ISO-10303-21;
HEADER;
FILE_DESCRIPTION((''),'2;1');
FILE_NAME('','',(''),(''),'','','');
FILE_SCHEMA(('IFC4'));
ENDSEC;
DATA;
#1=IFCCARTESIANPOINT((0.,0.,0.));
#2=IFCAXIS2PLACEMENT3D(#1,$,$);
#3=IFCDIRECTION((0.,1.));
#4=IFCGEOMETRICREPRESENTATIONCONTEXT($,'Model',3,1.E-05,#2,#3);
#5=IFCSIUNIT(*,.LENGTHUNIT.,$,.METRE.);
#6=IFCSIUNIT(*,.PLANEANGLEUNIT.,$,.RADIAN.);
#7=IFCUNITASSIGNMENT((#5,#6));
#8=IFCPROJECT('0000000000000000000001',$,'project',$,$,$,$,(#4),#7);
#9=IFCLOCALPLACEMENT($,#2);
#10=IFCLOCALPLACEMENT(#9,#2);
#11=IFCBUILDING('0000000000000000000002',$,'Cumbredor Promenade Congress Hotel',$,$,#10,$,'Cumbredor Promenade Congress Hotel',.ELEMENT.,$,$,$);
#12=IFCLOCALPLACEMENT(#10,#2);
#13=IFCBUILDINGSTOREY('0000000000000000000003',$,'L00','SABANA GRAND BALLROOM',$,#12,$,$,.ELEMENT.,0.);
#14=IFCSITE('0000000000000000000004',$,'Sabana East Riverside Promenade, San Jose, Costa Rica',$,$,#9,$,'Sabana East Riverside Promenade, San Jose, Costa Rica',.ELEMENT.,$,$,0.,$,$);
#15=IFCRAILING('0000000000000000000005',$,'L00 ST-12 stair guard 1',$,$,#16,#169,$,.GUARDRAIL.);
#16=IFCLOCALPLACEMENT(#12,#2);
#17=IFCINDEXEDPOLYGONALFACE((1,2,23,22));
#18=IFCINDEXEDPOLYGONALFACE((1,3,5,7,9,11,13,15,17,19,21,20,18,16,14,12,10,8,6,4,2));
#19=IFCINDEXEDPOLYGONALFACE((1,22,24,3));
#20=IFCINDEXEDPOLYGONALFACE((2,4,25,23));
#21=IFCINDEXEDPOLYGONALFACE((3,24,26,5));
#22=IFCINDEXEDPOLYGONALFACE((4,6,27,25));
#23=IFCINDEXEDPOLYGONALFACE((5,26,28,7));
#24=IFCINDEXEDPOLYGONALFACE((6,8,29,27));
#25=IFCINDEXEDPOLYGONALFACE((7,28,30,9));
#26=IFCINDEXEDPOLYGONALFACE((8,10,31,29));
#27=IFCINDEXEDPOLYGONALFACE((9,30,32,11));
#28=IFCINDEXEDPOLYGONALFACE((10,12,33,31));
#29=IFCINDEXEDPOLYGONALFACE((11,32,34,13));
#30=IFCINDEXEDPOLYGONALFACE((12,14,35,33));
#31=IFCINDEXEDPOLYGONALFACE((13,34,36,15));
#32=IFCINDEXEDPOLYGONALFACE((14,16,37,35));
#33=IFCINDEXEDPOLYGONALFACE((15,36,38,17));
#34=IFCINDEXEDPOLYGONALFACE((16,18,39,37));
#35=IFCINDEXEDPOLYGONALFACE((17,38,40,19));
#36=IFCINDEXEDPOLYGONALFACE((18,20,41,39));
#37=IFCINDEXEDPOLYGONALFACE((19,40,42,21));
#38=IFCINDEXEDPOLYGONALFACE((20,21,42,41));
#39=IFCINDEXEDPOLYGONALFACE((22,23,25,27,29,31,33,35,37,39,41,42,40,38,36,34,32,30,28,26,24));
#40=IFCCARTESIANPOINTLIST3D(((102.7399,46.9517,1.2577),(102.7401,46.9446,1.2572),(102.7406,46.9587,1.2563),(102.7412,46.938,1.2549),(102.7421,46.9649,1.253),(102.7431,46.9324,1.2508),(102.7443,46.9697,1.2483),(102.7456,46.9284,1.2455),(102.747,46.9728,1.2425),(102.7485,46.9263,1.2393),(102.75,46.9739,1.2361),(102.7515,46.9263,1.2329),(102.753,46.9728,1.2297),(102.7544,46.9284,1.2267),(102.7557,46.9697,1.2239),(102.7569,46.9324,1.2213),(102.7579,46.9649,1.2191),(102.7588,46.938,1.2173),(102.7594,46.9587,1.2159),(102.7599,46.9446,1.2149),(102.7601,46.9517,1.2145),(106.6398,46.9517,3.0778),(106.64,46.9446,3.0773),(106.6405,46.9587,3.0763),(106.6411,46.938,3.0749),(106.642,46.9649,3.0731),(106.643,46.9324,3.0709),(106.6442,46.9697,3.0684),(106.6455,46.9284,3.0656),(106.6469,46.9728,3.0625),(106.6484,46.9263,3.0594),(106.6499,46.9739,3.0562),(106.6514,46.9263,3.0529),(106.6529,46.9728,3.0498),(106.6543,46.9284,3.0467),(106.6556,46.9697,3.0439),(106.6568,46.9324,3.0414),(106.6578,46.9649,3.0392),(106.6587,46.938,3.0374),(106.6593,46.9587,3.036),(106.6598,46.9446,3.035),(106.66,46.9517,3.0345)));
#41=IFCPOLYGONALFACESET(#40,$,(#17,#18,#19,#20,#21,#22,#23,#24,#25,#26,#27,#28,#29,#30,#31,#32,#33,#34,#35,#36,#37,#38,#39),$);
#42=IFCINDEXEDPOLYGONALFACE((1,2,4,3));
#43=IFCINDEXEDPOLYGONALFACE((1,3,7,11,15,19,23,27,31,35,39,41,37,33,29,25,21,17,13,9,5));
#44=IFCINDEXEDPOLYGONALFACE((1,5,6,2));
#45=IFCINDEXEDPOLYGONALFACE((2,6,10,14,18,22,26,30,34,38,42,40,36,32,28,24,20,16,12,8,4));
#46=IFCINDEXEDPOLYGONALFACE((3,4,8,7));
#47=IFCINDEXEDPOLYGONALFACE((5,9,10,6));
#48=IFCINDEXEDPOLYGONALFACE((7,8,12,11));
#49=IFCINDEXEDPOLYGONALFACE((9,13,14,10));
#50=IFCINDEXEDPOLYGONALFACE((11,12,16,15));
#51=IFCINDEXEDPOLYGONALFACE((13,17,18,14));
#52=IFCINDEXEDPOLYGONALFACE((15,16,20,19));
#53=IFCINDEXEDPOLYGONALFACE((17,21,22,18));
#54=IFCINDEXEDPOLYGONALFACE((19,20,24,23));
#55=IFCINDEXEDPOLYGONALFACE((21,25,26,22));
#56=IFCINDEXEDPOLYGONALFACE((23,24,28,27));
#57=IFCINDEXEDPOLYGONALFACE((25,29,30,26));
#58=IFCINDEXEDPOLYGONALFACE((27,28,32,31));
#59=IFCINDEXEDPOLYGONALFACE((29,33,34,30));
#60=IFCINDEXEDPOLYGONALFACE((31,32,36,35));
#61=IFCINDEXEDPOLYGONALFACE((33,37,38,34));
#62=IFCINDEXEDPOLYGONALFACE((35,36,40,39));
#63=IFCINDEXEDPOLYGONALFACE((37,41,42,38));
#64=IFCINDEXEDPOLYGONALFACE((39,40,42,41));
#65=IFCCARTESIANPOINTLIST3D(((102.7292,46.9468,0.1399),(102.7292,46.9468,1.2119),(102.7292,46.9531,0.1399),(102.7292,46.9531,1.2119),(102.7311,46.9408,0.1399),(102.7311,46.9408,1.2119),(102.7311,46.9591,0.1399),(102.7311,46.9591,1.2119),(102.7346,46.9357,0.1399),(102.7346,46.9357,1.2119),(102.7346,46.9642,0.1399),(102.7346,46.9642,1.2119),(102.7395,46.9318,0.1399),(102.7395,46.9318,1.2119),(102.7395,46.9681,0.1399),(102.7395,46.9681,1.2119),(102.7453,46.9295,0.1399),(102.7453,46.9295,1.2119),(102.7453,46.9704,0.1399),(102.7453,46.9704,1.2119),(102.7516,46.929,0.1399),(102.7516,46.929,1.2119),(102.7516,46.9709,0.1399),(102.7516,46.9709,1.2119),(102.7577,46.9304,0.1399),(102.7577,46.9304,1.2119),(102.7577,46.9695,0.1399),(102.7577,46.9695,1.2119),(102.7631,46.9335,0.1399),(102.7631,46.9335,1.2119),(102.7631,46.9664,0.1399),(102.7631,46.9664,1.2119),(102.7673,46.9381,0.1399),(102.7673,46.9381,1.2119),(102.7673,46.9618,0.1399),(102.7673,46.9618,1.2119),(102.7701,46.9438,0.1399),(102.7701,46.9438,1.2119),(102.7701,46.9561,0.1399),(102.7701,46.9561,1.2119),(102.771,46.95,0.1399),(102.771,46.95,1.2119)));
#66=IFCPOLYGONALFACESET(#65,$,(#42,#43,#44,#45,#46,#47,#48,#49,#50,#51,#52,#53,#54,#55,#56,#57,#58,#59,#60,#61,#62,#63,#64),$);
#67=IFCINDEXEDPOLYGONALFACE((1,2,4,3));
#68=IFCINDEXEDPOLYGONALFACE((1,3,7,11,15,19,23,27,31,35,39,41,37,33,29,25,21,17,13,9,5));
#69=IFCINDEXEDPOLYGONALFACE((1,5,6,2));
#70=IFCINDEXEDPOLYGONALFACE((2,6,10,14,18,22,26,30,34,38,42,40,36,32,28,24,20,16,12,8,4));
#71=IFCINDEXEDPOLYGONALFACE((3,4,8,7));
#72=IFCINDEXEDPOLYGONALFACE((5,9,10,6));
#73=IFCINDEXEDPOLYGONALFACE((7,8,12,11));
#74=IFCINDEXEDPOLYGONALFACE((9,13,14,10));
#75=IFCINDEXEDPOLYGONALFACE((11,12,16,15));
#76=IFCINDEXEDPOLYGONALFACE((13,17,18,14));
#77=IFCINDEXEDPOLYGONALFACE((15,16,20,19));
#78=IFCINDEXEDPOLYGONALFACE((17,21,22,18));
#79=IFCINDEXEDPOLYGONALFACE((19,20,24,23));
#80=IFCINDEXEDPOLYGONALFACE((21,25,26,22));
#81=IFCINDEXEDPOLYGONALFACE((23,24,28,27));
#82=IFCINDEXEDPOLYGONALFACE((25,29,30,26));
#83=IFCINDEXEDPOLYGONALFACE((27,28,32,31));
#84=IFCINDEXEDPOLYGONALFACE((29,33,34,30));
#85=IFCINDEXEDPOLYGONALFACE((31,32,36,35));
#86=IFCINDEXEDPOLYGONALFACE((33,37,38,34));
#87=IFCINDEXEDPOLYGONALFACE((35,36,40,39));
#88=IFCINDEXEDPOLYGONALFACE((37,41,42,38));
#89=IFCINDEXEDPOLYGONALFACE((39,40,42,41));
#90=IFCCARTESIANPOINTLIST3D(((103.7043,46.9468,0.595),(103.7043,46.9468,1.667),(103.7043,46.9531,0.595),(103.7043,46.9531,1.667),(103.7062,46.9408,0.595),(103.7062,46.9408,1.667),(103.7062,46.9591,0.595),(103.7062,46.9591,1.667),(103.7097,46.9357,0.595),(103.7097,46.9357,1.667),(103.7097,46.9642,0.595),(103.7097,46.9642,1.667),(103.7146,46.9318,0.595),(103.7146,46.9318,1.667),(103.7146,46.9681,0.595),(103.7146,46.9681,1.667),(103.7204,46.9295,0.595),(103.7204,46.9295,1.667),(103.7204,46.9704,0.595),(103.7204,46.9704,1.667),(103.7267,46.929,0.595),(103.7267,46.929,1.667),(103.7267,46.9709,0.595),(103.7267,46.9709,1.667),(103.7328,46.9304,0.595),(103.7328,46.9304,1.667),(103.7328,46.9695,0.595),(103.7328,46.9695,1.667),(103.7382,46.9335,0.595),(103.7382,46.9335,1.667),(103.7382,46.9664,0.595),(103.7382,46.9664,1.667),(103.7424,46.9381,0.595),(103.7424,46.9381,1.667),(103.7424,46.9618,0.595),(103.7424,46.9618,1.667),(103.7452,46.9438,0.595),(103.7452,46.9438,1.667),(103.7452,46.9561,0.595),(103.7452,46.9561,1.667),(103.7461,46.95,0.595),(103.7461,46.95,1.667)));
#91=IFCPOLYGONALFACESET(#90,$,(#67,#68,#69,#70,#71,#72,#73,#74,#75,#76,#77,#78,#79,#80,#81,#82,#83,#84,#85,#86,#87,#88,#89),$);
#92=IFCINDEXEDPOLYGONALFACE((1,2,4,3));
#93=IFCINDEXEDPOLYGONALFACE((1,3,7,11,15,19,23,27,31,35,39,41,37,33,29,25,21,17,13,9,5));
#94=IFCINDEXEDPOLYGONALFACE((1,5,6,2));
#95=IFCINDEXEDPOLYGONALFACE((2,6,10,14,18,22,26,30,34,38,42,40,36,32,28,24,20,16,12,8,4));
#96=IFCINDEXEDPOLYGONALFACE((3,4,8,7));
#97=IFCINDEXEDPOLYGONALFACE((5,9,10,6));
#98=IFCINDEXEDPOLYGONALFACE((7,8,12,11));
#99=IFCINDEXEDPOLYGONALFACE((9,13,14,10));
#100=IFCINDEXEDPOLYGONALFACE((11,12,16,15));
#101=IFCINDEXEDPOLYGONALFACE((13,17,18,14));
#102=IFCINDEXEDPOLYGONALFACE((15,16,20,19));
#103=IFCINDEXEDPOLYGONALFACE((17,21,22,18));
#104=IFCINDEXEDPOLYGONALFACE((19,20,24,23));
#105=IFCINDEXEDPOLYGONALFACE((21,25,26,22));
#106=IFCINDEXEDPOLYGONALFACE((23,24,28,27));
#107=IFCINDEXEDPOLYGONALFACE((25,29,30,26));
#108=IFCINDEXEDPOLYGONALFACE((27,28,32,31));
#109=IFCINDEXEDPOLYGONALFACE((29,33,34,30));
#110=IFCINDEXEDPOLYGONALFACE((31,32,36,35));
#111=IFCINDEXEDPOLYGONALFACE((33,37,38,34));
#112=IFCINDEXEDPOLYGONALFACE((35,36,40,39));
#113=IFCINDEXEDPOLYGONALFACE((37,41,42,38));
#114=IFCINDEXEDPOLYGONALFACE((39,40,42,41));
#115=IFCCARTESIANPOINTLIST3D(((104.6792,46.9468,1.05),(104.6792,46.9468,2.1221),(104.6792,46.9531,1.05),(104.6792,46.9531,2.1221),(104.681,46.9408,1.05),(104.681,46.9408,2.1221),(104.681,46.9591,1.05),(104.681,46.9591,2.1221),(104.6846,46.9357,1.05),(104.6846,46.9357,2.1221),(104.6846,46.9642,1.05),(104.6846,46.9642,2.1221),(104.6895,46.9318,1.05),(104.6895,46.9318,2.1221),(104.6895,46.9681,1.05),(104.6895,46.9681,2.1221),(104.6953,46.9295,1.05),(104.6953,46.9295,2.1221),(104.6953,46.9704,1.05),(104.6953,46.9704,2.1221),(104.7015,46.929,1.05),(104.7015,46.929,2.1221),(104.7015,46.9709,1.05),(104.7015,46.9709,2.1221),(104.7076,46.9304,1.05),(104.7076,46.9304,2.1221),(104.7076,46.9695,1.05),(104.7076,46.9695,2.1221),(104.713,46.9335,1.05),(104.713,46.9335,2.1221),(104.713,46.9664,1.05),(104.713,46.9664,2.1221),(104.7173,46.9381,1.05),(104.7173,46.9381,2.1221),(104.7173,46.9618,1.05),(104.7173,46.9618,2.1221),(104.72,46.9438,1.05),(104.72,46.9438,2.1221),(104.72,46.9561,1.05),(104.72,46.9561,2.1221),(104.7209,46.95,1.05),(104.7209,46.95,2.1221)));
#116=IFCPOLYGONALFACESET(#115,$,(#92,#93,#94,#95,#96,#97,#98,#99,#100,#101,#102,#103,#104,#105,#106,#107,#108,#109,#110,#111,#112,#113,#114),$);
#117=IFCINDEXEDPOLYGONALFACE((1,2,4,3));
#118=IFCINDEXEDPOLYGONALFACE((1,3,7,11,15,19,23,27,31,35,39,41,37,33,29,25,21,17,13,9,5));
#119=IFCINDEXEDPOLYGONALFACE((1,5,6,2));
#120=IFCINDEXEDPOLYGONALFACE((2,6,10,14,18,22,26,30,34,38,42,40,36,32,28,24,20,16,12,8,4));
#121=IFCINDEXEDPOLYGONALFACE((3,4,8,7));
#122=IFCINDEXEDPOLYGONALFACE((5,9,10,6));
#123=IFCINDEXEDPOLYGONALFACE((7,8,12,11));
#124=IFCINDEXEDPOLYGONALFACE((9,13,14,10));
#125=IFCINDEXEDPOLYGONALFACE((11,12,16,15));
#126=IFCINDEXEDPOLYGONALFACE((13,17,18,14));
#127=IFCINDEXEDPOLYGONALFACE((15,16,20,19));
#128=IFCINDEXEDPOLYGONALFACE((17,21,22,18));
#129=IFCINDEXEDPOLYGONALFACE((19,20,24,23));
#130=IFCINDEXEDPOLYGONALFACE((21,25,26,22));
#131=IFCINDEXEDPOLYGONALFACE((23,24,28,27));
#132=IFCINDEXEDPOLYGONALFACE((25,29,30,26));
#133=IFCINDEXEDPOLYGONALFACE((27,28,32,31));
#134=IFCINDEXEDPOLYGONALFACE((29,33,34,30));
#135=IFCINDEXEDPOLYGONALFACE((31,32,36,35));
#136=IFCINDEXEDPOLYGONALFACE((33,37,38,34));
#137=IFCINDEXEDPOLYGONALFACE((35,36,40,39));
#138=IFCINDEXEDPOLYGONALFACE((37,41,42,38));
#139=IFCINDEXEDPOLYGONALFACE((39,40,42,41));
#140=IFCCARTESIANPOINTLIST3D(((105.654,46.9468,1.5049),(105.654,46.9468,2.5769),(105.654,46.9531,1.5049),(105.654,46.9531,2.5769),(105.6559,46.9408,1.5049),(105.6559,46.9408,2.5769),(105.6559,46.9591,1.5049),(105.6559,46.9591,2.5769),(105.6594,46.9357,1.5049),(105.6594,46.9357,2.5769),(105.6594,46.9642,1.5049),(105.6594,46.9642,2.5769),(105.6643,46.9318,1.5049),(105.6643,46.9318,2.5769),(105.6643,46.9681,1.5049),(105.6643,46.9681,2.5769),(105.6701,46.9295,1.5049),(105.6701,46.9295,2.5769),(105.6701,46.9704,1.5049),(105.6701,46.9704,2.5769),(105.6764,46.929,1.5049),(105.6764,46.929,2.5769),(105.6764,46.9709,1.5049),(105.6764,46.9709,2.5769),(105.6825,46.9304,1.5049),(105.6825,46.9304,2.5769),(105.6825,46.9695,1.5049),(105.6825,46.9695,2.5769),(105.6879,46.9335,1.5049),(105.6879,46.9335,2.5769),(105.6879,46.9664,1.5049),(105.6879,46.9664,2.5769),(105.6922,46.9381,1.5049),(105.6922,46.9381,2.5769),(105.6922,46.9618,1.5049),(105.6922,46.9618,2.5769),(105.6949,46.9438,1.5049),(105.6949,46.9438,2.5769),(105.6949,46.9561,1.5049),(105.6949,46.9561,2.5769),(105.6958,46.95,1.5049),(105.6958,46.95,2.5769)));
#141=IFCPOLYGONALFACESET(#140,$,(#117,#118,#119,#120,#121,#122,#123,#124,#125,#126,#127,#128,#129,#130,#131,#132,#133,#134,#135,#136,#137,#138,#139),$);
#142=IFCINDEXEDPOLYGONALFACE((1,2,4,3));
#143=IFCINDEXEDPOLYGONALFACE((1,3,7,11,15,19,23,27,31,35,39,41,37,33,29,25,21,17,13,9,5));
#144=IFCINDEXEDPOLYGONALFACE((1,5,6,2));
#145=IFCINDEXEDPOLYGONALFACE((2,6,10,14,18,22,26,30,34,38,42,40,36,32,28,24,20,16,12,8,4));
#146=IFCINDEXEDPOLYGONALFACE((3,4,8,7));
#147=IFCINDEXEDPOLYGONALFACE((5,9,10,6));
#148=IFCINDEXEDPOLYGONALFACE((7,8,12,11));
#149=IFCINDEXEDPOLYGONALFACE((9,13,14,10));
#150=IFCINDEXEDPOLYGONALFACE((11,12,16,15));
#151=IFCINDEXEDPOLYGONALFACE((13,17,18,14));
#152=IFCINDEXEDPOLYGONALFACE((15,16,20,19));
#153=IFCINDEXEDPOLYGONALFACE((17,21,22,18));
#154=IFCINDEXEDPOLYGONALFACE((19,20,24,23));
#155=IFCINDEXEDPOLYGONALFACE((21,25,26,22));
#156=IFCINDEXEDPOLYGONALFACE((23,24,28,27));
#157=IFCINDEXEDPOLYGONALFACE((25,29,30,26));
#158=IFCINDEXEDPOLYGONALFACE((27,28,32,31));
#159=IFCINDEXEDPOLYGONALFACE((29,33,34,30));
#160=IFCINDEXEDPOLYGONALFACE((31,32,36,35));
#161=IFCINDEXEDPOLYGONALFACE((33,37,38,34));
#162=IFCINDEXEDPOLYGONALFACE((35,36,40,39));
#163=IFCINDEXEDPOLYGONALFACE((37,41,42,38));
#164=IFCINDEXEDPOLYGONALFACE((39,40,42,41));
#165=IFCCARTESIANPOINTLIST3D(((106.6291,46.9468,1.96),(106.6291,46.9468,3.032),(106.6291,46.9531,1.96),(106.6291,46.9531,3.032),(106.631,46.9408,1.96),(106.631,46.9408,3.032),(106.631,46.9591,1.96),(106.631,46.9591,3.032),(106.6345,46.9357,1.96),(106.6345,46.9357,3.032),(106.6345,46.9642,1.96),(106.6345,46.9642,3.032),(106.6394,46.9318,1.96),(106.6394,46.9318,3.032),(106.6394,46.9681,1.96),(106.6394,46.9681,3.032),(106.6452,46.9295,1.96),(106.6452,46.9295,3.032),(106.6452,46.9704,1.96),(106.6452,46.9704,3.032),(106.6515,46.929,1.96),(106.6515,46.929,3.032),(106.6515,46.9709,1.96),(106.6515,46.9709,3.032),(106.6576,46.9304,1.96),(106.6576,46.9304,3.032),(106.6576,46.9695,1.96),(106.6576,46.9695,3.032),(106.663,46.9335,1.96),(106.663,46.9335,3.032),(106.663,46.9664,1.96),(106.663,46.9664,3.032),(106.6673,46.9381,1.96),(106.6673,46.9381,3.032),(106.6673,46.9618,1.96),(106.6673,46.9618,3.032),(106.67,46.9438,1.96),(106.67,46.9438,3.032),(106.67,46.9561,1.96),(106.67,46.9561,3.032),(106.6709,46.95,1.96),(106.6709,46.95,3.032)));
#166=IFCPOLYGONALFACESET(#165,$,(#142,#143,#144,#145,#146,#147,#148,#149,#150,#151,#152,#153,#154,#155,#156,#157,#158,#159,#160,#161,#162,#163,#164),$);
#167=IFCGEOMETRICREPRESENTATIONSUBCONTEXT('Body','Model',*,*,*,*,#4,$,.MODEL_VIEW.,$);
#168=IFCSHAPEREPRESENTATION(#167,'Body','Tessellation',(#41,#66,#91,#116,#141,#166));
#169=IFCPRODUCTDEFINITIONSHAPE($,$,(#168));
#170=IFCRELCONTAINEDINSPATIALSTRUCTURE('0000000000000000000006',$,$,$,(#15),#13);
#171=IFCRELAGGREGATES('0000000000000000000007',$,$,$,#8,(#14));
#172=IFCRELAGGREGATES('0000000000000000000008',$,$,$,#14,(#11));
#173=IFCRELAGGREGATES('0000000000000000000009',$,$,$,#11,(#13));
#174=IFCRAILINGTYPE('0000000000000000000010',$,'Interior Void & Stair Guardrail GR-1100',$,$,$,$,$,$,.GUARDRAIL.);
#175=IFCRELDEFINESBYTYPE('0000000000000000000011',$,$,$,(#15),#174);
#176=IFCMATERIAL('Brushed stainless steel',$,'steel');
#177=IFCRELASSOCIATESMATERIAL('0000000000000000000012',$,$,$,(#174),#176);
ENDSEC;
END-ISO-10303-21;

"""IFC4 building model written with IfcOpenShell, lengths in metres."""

from ifc_helpers import new_model, si_unit, direction, frame, origin, origin_2d, place, context, subcontext, project, spatial, circle, extrude, material, type_object, element, save


model = new_model("IFC4")

# Units and contexts
model_context = context("Model", 3, precision=1e-05, world=origin(), true_north=direction((0.0, 1.0)))
body_context = subcontext(model_context, "Body", "Model", "MODEL_VIEW")
ifc_project = project(units=[si_unit("LENGTHUNIT", "METRE"), si_unit("PLANEANGLEUNIT", "RADIAN")], contexts=[model_context])

# Site, building, storey
site_placement = place(None, origin())
site = spatial("IfcSite", under=ifc_project, at=site_placement, Name="Sabana East Riverside Promenade, San Jose, Costa Rica", LongName="Sabana East Riverside Promenade, San Jose, Costa Rica", CompositionType="ELEMENT", RefElevation=0.0)
building_placement = place(site_placement, origin())
building = spatial("IfcBuilding", under=site, at=building_placement, Name="Cumbredor Promenade Congress Hotel", LongName="Cumbredor Promenade Congress Hotel", CompositionType="ELEMENT")
storey_placement = place(building_placement, origin())
storey = spatial("IfcBuildingStorey", under=building, at=storey_placement, Name="L00", Description="SABANA GRAND BALLROOM", CompositionType="ELEMENT", Elevation=0.0)

# Railing
ifc_material_1 = material(Name="Brushed stainless steel", Category="steel")
railing_type_1 = type_object("IfcRailingType", Name="Interior Void & Stair Guardrail GR-1100", PredefinedType="GUARDRAIL", material=ifc_material_1)
railing_1_placement = place(storey_placement, frame((102.75, 46.95, 0.1399)))
element("IfcRailing", 1, at=railing_1_placement, inside=storey, type_object=railing_type_1, Name="L00 ST-12 stair guard 1", PredefinedType="GUARDRAIL", context=body_context, shape_type="SweptSolid", body=[
    extrude(circle(Radius=0.0239, at=origin_2d()), frame((0.0, 0.0, 1.0962), z_axis=(0.906173, 0.0, 0.422907), x_axis=(0.0, 1.0, 0.0)), (0.0, 0.0, 1.0), 4.3037),
    extrude(circle(Radius=0.021, at=origin_2d()), origin(), (0.0, 0.0, 1.0), 1.072),
    extrude(circle(Radius=0.021, at=origin_2d()), frame((0.9751, 0.0, 0.4551)), (0.0, 0.0, 1.0), 1.072),
    extrude(circle(Radius=0.021, at=origin_2d()), frame((1.95, 0.0, 0.9102)), (0.0, 0.0, 1.0), 1.072),
    extrude(circle(Radius=0.021, at=origin_2d()), frame((2.9248, 0.0, 1.365)), (0.0, 0.0, 1.0), 1.072),
    extrude(circle(Radius=0.021, at=origin_2d()), frame((3.8999, 0.0, 1.8201)), (0.0, 0.0, 1.0), 1.072),
])

save(model, "model.ifc")
